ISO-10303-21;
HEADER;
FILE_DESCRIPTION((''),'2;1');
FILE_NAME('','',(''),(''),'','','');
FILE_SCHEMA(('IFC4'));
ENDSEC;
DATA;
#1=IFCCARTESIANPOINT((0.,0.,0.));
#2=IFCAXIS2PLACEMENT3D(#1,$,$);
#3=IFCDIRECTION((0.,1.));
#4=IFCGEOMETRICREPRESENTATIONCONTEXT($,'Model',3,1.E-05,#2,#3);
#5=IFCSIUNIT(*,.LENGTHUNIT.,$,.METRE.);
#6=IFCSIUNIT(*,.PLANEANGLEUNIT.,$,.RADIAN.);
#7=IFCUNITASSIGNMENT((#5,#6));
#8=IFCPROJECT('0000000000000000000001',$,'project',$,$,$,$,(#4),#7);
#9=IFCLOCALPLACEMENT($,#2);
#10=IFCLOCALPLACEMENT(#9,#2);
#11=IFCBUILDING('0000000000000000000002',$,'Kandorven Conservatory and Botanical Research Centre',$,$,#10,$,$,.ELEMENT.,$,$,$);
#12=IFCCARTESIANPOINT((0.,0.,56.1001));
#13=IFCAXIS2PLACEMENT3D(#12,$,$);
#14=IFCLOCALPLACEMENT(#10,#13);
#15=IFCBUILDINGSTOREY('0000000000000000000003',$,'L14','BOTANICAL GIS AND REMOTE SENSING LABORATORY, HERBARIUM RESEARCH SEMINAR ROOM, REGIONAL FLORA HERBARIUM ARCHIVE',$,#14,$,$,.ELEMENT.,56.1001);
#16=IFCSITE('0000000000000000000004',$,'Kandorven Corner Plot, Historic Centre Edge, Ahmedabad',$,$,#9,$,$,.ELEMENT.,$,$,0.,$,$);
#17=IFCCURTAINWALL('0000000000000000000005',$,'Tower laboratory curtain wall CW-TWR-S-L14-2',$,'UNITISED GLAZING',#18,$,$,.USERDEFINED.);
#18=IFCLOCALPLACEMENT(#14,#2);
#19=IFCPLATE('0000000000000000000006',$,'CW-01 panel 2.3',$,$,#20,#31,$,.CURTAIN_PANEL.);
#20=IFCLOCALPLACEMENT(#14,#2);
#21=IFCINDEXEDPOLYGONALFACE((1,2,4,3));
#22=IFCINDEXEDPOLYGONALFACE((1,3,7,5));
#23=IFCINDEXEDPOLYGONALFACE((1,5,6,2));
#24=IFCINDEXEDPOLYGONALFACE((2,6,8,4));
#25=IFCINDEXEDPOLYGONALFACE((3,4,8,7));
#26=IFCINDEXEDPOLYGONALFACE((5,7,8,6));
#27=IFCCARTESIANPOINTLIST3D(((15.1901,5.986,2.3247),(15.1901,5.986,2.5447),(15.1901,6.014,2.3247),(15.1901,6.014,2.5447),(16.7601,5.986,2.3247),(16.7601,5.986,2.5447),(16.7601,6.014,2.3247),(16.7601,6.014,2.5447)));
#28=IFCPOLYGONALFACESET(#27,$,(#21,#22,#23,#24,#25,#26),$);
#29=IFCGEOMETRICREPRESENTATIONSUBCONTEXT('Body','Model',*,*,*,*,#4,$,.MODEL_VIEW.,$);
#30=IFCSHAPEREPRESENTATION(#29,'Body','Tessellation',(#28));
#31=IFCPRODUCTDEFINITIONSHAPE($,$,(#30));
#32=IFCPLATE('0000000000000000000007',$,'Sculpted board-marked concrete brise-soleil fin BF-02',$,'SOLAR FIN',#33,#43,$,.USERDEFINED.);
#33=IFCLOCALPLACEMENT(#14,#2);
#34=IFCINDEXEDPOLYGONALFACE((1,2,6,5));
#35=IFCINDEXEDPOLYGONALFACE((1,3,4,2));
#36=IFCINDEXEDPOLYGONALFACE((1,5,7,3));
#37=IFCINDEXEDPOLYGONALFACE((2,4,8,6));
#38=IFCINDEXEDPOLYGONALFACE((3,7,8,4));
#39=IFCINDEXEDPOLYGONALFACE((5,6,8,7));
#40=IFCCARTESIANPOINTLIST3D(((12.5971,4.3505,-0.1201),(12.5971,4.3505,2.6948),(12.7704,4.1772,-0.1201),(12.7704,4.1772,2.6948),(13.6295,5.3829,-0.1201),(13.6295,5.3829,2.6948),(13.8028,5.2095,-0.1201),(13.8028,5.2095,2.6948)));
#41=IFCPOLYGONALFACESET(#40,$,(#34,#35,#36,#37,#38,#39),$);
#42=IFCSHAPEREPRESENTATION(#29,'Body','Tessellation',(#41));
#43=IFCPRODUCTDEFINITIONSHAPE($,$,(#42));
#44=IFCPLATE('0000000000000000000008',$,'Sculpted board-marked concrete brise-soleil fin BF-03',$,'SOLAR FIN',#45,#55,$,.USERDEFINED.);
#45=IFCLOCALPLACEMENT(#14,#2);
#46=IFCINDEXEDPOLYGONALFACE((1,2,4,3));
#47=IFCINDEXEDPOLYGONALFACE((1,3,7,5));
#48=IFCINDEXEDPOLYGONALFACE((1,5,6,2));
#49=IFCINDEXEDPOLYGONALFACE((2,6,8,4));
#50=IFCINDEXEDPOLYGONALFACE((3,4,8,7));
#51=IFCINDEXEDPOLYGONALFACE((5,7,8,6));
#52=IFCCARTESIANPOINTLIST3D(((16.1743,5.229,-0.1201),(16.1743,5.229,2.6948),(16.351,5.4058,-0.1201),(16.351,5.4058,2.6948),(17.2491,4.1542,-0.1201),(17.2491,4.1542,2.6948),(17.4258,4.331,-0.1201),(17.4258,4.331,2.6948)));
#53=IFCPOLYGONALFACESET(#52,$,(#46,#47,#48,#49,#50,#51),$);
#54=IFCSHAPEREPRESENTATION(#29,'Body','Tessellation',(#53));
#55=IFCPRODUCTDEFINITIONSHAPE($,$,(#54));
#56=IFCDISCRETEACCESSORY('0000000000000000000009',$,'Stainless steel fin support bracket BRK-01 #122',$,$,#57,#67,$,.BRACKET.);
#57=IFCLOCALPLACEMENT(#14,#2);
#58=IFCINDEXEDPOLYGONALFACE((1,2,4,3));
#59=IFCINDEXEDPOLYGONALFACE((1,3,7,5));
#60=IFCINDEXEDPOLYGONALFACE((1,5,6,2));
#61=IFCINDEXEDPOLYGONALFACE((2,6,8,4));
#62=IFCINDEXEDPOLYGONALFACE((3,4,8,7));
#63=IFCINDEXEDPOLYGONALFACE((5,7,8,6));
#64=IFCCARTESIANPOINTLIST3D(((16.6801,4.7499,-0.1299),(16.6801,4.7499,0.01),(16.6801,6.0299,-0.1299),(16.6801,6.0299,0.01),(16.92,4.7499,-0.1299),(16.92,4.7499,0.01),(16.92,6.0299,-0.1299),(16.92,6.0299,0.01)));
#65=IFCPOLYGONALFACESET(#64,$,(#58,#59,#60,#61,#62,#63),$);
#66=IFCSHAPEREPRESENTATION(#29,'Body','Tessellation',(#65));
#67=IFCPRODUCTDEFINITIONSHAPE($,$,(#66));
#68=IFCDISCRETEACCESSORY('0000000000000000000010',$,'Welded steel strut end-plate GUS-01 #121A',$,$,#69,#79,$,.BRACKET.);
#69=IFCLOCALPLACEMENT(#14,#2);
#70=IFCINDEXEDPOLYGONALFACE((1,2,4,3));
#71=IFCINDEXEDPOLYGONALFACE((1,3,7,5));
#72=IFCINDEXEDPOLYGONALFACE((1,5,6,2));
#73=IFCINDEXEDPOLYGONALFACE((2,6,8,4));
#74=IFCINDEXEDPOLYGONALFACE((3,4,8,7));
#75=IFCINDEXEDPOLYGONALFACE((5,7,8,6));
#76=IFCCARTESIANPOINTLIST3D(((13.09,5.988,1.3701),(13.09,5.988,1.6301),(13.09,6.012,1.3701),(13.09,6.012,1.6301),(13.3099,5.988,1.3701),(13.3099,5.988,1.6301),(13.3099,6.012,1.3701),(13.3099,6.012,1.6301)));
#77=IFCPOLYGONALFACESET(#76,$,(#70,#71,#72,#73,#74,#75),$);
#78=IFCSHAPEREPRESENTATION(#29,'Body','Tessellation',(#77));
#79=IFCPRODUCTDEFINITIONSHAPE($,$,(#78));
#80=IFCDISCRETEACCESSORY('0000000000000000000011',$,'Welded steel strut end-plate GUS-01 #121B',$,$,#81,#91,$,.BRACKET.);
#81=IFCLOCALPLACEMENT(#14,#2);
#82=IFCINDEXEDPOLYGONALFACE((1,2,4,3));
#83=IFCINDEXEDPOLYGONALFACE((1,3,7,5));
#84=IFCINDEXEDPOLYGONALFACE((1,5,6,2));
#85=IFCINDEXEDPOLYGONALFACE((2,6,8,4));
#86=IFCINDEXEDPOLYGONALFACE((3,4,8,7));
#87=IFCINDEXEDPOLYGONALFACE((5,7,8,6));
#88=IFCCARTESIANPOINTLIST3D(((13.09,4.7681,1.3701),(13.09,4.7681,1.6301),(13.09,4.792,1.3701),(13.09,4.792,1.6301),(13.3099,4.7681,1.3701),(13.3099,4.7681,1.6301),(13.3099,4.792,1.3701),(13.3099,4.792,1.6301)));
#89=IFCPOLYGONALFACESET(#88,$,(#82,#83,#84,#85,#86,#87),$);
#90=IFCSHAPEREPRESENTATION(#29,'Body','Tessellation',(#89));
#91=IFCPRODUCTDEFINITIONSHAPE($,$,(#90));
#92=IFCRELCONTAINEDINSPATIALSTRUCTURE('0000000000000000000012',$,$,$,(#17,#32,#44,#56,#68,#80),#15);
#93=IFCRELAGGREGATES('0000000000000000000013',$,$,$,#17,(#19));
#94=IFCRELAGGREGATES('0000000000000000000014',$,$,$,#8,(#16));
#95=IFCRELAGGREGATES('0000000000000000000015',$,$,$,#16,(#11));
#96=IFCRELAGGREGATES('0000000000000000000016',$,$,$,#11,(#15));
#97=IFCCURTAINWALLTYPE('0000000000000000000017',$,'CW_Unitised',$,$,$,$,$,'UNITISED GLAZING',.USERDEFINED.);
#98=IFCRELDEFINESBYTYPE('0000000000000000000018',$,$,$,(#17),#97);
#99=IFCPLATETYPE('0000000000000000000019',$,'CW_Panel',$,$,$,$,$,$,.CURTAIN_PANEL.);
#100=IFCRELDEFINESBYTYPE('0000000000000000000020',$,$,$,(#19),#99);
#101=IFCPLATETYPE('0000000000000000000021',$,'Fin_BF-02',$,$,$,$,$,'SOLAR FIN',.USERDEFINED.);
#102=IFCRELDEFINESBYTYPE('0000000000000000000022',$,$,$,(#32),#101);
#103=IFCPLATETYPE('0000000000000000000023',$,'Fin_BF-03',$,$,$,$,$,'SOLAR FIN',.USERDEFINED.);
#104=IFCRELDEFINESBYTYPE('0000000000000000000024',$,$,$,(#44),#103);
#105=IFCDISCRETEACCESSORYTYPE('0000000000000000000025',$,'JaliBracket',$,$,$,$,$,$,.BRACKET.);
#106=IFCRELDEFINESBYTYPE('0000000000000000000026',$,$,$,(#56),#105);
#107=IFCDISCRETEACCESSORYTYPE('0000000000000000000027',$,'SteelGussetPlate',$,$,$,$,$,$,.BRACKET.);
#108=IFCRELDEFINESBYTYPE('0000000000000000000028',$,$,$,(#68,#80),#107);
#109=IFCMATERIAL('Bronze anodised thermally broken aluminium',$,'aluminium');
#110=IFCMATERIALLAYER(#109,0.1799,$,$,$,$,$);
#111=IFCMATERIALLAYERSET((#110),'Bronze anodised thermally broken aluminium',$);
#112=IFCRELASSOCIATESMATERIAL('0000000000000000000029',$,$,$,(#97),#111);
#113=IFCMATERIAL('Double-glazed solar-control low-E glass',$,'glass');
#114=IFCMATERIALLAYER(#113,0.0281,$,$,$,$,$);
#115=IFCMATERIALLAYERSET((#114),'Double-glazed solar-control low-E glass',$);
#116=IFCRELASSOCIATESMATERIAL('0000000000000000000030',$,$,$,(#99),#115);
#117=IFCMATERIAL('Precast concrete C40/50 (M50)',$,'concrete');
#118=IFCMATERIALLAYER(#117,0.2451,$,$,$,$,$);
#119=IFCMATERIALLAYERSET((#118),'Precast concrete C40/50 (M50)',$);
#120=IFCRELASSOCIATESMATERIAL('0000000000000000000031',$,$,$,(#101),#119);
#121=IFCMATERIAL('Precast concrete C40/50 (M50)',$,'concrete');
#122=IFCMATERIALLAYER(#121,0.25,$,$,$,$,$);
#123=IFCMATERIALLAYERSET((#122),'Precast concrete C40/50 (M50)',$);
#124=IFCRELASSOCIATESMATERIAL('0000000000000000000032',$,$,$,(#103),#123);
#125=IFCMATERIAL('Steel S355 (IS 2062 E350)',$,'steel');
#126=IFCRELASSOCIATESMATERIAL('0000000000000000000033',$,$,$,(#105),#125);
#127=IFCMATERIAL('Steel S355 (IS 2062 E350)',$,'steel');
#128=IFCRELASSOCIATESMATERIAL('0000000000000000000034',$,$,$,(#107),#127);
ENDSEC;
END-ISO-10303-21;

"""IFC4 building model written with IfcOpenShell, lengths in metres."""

from ifc_helpers import new_model, si_unit, direction, frame, origin, origin_2d, place, context, subcontext, project, spatial, rectangle, extrude, material, layer, layer_set, type_object, element, aggregate, save


model = new_model("IFC4")

# Units and contexts
model_context = context("Model", 3, precision=1e-05, world=origin(), true_north=direction((0.0, 1.0)))
body_context = subcontext(model_context, "Body", "Model", "MODEL_VIEW")
ifc_project = project(units=[si_unit("LENGTHUNIT", "METRE"), si_unit("PLANEANGLEUNIT", "RADIAN")], contexts=[model_context])

# Site, building, storey
site_placement = place(None, origin())
site = spatial("IfcSite", under=ifc_project, at=site_placement, Name="Kandorven Corner Plot, Historic Centre Edge, Ahmedabad", CompositionType="ELEMENT", RefElevation=0.0)
building_placement = place(site_placement, origin())
building = spatial("IfcBuilding", under=site, at=building_placement, Name="Kandorven Conservatory and Botanical Research Centre", CompositionType="ELEMENT")
storey_placement = place(building_placement, frame((0.0, 0.0, 56.1001)))
storey = spatial("IfcBuildingStorey", under=building, at=storey_placement, Name="L14", Description="BOTANICAL GIS AND REMOTE SENSING LABORATORY, HERBARIUM RESEARCH SEMINAR ROOM, REGIONAL FLORA HERBARIUM ARCHIVE", CompositionType="ELEMENT", Elevation=56.1001)

# Curtain wall
ifc_material_1 = material(Name="Bronze anodised thermally broken aluminium", Category="aluminium")
ifc_layer_1 = layer(ifc_material_1, 0.1799)
ifc_layer_set_1 = layer_set([ifc_layer_1], Name="Bronze anodised thermally broken aluminium")
curtain_wall_type = type_object("IfcCurtainWallType", Name="CW_Unitised", ElementType="UNITISED GLAZING", PredefinedType="USERDEFINED", material=ifc_layer_set_1)
curtain_wall_placement = place(storey_placement, origin())
curtain_wall = element("IfcCurtainWall", 1, at=curtain_wall_placement, inside=storey, type_object=curtain_wall_type, Name="Tower laboratory curtain wall CW-TWR-S-L14-2", ObjectType="UNITISED GLAZING", PredefinedType="USERDEFINED")

# Plate
ifc_material_2 = material(Name="Double-glazed solar-control low-E glass", Category="glass")
ifc_layer_2 = layer(ifc_material_2, 0.0281)
ifc_layer_set_2 = layer_set([ifc_layer_2], Name="Double-glazed solar-control low-E glass")
plate_type_1 = type_object("IfcPlateType", Name="CW_Panel", PredefinedType="CURTAIN_PANEL", material=ifc_layer_set_2)
plate_1_placement = place(storey_placement, frame((15.9751, 6.0, 2.3247), z_axis=(0.0, 0.0, 1.0), x_axis=(1.0, 0.0, 0.0)))
plate_1 = element("IfcPlate", 2, at=plate_1_placement, type_object=plate_type_1, Name="CW-01 panel 2.3", PredefinedType="CURTAIN_PANEL", context=body_context, shape_type="SweptSolid", body=[
    extrude(rectangle(XDim=1.5701, YDim=0.0281, at=origin_2d()), origin(), (0.0, 0.0, 1.0), 0.22),
])
aggregate(curtain_wall, [plate_1])

# Plates
ifc_material_3 = material(Name="Precast concrete C40/50 (M50)", Category="concrete")
ifc_layer_3 = layer(ifc_material_3, 0.2451)
ifc_layer_set_3 = layer_set([ifc_layer_3], Name="Precast concrete C40/50 (M50)")
plate_type_2 = type_object("IfcPlateType", Name="Fin_BF-02", ElementType="SOLAR FIN", PredefinedType="USERDEFINED", material=ifc_layer_set_3)
plate_2_placement = place(storey_placement, frame((13.2, 4.78, -0.1201), z_axis=(0.0, 0.0, 1.0), x_axis=(0.707107, 0.707107, 0.0)))
element("IfcPlate", 3, at=plate_2_placement, inside=storey, type_object=plate_type_2, Name="Sculpted board-marked concrete brise-soleil fin BF-02", ObjectType="SOLAR FIN", PredefinedType="USERDEFINED", context=body_context, shape_type="SweptSolid", body=[
    extrude(rectangle(XDim=1.46, YDim=0.2451, at=origin_2d()), origin(), (0.0, 0.0, 1.0), 2.8149),
])
ifc_material_4 = material(Name="Precast concrete C40/50 (M50)", Category="concrete")
ifc_layer_4 = layer(ifc_material_4, 0.25)
ifc_layer_set_4 = layer_set([ifc_layer_4], Name="Precast concrete C40/50 (M50)")
plate_type_3 = type_object("IfcPlateType", Name="Fin_BF-03", ElementType="SOLAR FIN", PredefinedType="USERDEFINED", material=ifc_layer_set_4)
plate_3_placement = place(storey_placement, frame((16.8, 4.78, -0.1201), z_axis=(0.0, 0.0, 1.0), x_axis=(-0.707107, 0.707107, 0.0)))
element("IfcPlate", 4, at=plate_3_placement, inside=storey, type_object=plate_type_3, Name="Sculpted board-marked concrete brise-soleil fin BF-03", ObjectType="SOLAR FIN", PredefinedType="USERDEFINED", context=body_context, shape_type="SweptSolid", body=[
    extrude(rectangle(XDim=1.52, YDim=0.25, at=origin_2d()), origin(), (0.0, 0.0, 1.0), 2.8149),
])

# Discrete accessories
ifc_material_5 = material(Name="Steel S355 (IS 2062 E350)", Category="steel")
discrete_accessory_type_1 = type_object("IfcDiscreteAccessoryType", Name="JaliBracket", PredefinedType="BRACKET", material=ifc_material_5)
discrete_accessory_placement = place(storey_placement, frame((16.8, 5.3899, -0.1299), z_axis=(0.0, 0.0, 1.0), x_axis=(1.0, 0.0, 0.0)))
element("IfcDiscreteAccessory", 5, at=discrete_accessory_placement, inside=storey, type_object=discrete_accessory_type_1, Name="Stainless steel fin support bracket BRK-01 #122", PredefinedType="BRACKET", context=body_context, shape_type="SweptSolid", body=[
    extrude(rectangle(XDim=0.24, YDim=1.28, at=origin_2d()), origin(), (0.0, 0.0, 1.0), 0.1399),
])
ifc_material_6 = material(Name="Steel S355 (IS 2062 E350)", Category="steel")
discrete_accessory_type_2 = type_object("IfcDiscreteAccessoryType", Name="SteelGussetPlate", PredefinedType="BRACKET", material=ifc_material_6)
for number, where, z_axis, x_axis, name in (
    (6, (13.2, 6.0, 1.3701), (0.0, 0.0, 1.0), (1.0, 0.0, 0.0), "Welded steel strut end-plate GUS-01 #121A"),
    (7, (13.2, 4.78, 1.3701), (0.0, 0.0, 1.0), (1.0, 0.0, 0.0), "Welded steel strut end-plate GUS-01 #121B"),
):
    element("IfcDiscreteAccessory", number, at=place(storey_placement, frame(where, z_axis=z_axis, x_axis=x_axis)), inside=storey, type_object=discrete_accessory_type_2, Name=name, PredefinedType="BRACKET", context=body_context, shape_type="SweptSolid", body=[
        extrude(rectangle(XDim=0.22, YDim=0.0239, at=origin_2d()), origin(), (0.0, 0.0, 1.0), 0.26),
    ])

save(model, "model.ifc")
